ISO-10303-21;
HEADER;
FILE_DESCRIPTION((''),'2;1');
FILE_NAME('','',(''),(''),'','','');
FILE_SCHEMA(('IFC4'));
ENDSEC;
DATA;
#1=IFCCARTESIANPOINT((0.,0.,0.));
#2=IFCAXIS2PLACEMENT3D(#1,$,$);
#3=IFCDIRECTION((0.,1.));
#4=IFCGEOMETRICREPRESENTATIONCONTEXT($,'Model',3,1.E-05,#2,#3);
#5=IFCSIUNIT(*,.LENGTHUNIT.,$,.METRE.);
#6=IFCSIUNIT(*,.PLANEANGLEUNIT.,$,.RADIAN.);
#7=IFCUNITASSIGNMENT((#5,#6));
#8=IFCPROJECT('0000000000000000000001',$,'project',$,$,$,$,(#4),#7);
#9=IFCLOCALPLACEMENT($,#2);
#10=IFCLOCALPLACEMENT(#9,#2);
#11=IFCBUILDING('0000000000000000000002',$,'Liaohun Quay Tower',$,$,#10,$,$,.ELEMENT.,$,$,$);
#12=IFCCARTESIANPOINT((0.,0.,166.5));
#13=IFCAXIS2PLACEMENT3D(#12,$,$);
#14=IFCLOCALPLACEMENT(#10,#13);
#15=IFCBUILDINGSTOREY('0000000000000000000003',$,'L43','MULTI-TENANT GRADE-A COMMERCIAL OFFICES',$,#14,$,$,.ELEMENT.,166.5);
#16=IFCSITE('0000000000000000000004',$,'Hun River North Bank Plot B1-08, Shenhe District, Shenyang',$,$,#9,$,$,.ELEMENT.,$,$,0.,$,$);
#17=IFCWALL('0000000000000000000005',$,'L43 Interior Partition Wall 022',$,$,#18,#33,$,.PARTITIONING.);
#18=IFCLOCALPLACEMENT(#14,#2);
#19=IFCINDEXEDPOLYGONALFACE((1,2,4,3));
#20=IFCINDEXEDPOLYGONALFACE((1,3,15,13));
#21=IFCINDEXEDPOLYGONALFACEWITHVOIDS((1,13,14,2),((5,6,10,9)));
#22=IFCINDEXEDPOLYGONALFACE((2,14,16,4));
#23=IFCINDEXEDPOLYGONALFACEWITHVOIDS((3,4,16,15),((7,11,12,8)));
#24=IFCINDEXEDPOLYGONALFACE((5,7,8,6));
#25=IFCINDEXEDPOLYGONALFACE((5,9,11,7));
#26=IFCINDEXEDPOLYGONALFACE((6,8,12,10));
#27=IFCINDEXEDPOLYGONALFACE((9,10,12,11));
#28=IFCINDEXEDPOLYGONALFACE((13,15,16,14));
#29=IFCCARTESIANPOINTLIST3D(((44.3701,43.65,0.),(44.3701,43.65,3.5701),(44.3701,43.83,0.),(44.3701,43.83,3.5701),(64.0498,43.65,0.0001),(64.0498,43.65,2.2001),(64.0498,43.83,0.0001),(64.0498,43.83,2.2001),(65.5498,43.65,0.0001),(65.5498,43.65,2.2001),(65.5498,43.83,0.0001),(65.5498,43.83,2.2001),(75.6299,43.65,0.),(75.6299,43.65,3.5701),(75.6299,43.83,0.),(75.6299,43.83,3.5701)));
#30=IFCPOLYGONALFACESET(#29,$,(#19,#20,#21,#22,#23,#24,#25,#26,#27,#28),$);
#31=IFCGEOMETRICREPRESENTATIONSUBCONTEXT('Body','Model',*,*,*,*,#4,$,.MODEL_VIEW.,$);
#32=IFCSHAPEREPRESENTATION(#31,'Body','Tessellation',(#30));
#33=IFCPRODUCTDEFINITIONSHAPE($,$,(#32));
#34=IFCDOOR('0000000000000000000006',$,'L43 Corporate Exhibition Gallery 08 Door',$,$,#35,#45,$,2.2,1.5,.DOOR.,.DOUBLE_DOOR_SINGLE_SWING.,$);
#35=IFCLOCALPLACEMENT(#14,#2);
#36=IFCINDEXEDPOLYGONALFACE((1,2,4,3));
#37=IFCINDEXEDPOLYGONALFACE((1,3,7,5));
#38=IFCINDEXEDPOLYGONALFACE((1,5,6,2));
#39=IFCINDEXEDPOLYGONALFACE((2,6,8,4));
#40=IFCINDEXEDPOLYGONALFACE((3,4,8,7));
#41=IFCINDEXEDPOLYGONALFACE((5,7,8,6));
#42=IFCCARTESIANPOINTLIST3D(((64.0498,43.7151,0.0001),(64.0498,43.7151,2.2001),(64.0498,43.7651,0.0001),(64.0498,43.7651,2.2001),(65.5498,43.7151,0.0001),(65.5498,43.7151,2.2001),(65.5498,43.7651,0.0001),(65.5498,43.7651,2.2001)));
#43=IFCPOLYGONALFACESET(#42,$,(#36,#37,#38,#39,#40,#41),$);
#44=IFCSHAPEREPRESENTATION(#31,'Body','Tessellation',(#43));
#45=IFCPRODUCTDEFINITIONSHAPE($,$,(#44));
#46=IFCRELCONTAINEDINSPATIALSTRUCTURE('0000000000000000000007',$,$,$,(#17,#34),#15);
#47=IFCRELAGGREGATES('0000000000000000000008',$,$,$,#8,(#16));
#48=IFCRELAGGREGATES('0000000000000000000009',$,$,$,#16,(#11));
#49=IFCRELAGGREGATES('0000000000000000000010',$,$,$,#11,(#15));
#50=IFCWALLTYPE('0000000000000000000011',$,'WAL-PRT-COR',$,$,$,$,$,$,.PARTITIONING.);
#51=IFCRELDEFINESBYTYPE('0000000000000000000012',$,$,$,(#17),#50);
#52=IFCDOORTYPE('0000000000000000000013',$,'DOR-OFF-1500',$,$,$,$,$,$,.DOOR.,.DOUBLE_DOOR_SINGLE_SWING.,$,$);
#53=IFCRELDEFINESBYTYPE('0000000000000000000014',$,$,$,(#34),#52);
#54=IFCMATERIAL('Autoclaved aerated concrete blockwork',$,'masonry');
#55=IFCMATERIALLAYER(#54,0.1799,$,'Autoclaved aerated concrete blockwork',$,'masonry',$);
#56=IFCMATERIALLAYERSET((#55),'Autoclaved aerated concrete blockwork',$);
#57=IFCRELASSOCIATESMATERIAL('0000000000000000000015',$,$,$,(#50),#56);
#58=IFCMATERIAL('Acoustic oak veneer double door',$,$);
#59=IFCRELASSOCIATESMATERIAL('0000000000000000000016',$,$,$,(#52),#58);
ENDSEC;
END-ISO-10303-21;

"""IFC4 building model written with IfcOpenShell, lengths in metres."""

from ifc_helpers import new_model, si_unit, direction, frame, frame_2d, origin, place, context, subcontext, project, spatial, rectangle, extrude, source, transform, mapped, material, layer, layer_set, type_object, element, fill, save


model = new_model("IFC4")

# Units and contexts
model_context = context("Model", 3, precision=1e-05, world=origin(), true_north=direction((0.0, 1.0)))
body_context = subcontext(model_context, "Body", "Model", "MODEL_VIEW")
ifc_project = project(units=[si_unit("LENGTHUNIT", "METRE"), si_unit("PLANEANGLEUNIT", "RADIAN")], contexts=[model_context])

# Site, building, storey
site_placement = place(None, origin())
site = spatial("IfcSite", under=ifc_project, at=site_placement, Name="Hun River North Bank Plot B1-08, Shenhe District, Shenyang", CompositionType="ELEMENT", RefElevation=0.0)
building_placement = place(site_placement, origin())
building = spatial("IfcBuilding", under=site, at=building_placement, Name="Liaohun Quay Tower", CompositionType="ELEMENT")
storey_placement = place(building_placement, frame((0.0, 0.0, 166.5)))
storey = spatial("IfcBuildingStorey", under=building, at=storey_placement, Name="L43", Description="MULTI-TENANT GRADE-A COMMERCIAL OFFICES", CompositionType="ELEMENT", Elevation=166.5)

# Wall, opening, door
ifc_material_1 = material(Name="Autoclaved aerated concrete blockwork", Category="masonry")
ifc_layer_1 = layer(ifc_material_1, 0.1799, Name="Autoclaved aerated concrete blockwork", Category="masonry")
ifc_layer_set_1 = layer_set([ifc_layer_1], Name="Autoclaved aerated concrete blockwork")
wall_type_1 = type_object("IfcWallType", Name="WAL-PRT-COR", PredefinedType="PARTITIONING", material=ifc_layer_set_1)
wall_1_placement = place(storey_placement, frame((75.6299, 43.74, 0.0), z_axis=(0.0, 0.0, 1.0), x_axis=(-1.0, 0.0, 0.0)))
wall_1 = element("IfcWall", 1, at=wall_1_placement, inside=storey, type_object=wall_type_1, Name="L43 Interior Partition Wall 022", PredefinedType="PARTITIONING", context=body_context, shape_type="SweptSolid", body=[
    extrude(rectangle(XDim=31.2598, YDim=0.1799, at=frame_2d((15.6299, 0.0))), origin(), (0.0, 0.0, 1.0), 3.5701),
])
shared_shape_1 = source(origin(), body_context, "Body", "SweptSolid", [
    extrude(rectangle(XDim=1.5, YDim=2.2, at=frame_2d((0.75, 1.1001))), frame((0.0, 0.0999, 0.0), z_axis=(0.0, -1.0, 0.0), x_axis=(1.0, 0.0, 0.0)), (0.0, 0.0, 1.0), 0.2),
])
opening_1_placement = place(wall_1_placement, frame((10.0801, 0.0, 0.0)))
opening_1 = element("IfcOpeningElement", 2, at=opening_1_placement, cuts=wall_1, PredefinedType="OPENING", context=body_context, shape_type="MappedRepresentation", body=[
    mapped(shared_shape_1, transform((0.0, 0.0, 0.0), x_axis=(1.0, 0.0, 0.0), y_axis=(0.0, 1.0, 0.0), z_axis=(0.0, 0.0, 1.0), scale=1.0)),
])
ifc_material_2 = material(Name="Acoustic oak veneer double door")
door_type = type_object("IfcDoorType", Name="DOR-OFF-1500", OperationType="DOUBLE_DOOR_SINGLE_SWING", PredefinedType="DOOR", material=ifc_material_2)
shared_shape_2 = source(origin(), body_context, "Body", "SweptSolid", [
    extrude(rectangle(XDim=1.5, YDim=2.2, at=frame_2d((0.75, 1.1001))), frame((0.0, 0.0249, 0.0), z_axis=(0.0, -1.0, 0.0), x_axis=(1.0, 0.0, 0.0)), (0.0, 0.0, 1.0), 0.05),
])
door_placement = place(opening_1_placement, origin())
door = element("IfcDoor", 3, at=door_placement, inside=storey, type_object=door_type, Name="L43 Corporate Exhibition Gallery 08 Door", OperationType="DOUBLE_DOOR_SINGLE_SWING", OverallHeight=2.2, OverallWidth=1.5, PredefinedType="DOOR", context=body_context, shape_type="MappedRepresentation", body=[
    mapped(shared_shape_2, transform((0.0, 0.0, 0.0), x_axis=(1.0, 0.0, 0.0), y_axis=(0.0, 1.0, 0.0), z_axis=(0.0, 0.0, 1.0), scale=1.0)),
])
fill(opening_1, door)

save(model, "model.ifc")
